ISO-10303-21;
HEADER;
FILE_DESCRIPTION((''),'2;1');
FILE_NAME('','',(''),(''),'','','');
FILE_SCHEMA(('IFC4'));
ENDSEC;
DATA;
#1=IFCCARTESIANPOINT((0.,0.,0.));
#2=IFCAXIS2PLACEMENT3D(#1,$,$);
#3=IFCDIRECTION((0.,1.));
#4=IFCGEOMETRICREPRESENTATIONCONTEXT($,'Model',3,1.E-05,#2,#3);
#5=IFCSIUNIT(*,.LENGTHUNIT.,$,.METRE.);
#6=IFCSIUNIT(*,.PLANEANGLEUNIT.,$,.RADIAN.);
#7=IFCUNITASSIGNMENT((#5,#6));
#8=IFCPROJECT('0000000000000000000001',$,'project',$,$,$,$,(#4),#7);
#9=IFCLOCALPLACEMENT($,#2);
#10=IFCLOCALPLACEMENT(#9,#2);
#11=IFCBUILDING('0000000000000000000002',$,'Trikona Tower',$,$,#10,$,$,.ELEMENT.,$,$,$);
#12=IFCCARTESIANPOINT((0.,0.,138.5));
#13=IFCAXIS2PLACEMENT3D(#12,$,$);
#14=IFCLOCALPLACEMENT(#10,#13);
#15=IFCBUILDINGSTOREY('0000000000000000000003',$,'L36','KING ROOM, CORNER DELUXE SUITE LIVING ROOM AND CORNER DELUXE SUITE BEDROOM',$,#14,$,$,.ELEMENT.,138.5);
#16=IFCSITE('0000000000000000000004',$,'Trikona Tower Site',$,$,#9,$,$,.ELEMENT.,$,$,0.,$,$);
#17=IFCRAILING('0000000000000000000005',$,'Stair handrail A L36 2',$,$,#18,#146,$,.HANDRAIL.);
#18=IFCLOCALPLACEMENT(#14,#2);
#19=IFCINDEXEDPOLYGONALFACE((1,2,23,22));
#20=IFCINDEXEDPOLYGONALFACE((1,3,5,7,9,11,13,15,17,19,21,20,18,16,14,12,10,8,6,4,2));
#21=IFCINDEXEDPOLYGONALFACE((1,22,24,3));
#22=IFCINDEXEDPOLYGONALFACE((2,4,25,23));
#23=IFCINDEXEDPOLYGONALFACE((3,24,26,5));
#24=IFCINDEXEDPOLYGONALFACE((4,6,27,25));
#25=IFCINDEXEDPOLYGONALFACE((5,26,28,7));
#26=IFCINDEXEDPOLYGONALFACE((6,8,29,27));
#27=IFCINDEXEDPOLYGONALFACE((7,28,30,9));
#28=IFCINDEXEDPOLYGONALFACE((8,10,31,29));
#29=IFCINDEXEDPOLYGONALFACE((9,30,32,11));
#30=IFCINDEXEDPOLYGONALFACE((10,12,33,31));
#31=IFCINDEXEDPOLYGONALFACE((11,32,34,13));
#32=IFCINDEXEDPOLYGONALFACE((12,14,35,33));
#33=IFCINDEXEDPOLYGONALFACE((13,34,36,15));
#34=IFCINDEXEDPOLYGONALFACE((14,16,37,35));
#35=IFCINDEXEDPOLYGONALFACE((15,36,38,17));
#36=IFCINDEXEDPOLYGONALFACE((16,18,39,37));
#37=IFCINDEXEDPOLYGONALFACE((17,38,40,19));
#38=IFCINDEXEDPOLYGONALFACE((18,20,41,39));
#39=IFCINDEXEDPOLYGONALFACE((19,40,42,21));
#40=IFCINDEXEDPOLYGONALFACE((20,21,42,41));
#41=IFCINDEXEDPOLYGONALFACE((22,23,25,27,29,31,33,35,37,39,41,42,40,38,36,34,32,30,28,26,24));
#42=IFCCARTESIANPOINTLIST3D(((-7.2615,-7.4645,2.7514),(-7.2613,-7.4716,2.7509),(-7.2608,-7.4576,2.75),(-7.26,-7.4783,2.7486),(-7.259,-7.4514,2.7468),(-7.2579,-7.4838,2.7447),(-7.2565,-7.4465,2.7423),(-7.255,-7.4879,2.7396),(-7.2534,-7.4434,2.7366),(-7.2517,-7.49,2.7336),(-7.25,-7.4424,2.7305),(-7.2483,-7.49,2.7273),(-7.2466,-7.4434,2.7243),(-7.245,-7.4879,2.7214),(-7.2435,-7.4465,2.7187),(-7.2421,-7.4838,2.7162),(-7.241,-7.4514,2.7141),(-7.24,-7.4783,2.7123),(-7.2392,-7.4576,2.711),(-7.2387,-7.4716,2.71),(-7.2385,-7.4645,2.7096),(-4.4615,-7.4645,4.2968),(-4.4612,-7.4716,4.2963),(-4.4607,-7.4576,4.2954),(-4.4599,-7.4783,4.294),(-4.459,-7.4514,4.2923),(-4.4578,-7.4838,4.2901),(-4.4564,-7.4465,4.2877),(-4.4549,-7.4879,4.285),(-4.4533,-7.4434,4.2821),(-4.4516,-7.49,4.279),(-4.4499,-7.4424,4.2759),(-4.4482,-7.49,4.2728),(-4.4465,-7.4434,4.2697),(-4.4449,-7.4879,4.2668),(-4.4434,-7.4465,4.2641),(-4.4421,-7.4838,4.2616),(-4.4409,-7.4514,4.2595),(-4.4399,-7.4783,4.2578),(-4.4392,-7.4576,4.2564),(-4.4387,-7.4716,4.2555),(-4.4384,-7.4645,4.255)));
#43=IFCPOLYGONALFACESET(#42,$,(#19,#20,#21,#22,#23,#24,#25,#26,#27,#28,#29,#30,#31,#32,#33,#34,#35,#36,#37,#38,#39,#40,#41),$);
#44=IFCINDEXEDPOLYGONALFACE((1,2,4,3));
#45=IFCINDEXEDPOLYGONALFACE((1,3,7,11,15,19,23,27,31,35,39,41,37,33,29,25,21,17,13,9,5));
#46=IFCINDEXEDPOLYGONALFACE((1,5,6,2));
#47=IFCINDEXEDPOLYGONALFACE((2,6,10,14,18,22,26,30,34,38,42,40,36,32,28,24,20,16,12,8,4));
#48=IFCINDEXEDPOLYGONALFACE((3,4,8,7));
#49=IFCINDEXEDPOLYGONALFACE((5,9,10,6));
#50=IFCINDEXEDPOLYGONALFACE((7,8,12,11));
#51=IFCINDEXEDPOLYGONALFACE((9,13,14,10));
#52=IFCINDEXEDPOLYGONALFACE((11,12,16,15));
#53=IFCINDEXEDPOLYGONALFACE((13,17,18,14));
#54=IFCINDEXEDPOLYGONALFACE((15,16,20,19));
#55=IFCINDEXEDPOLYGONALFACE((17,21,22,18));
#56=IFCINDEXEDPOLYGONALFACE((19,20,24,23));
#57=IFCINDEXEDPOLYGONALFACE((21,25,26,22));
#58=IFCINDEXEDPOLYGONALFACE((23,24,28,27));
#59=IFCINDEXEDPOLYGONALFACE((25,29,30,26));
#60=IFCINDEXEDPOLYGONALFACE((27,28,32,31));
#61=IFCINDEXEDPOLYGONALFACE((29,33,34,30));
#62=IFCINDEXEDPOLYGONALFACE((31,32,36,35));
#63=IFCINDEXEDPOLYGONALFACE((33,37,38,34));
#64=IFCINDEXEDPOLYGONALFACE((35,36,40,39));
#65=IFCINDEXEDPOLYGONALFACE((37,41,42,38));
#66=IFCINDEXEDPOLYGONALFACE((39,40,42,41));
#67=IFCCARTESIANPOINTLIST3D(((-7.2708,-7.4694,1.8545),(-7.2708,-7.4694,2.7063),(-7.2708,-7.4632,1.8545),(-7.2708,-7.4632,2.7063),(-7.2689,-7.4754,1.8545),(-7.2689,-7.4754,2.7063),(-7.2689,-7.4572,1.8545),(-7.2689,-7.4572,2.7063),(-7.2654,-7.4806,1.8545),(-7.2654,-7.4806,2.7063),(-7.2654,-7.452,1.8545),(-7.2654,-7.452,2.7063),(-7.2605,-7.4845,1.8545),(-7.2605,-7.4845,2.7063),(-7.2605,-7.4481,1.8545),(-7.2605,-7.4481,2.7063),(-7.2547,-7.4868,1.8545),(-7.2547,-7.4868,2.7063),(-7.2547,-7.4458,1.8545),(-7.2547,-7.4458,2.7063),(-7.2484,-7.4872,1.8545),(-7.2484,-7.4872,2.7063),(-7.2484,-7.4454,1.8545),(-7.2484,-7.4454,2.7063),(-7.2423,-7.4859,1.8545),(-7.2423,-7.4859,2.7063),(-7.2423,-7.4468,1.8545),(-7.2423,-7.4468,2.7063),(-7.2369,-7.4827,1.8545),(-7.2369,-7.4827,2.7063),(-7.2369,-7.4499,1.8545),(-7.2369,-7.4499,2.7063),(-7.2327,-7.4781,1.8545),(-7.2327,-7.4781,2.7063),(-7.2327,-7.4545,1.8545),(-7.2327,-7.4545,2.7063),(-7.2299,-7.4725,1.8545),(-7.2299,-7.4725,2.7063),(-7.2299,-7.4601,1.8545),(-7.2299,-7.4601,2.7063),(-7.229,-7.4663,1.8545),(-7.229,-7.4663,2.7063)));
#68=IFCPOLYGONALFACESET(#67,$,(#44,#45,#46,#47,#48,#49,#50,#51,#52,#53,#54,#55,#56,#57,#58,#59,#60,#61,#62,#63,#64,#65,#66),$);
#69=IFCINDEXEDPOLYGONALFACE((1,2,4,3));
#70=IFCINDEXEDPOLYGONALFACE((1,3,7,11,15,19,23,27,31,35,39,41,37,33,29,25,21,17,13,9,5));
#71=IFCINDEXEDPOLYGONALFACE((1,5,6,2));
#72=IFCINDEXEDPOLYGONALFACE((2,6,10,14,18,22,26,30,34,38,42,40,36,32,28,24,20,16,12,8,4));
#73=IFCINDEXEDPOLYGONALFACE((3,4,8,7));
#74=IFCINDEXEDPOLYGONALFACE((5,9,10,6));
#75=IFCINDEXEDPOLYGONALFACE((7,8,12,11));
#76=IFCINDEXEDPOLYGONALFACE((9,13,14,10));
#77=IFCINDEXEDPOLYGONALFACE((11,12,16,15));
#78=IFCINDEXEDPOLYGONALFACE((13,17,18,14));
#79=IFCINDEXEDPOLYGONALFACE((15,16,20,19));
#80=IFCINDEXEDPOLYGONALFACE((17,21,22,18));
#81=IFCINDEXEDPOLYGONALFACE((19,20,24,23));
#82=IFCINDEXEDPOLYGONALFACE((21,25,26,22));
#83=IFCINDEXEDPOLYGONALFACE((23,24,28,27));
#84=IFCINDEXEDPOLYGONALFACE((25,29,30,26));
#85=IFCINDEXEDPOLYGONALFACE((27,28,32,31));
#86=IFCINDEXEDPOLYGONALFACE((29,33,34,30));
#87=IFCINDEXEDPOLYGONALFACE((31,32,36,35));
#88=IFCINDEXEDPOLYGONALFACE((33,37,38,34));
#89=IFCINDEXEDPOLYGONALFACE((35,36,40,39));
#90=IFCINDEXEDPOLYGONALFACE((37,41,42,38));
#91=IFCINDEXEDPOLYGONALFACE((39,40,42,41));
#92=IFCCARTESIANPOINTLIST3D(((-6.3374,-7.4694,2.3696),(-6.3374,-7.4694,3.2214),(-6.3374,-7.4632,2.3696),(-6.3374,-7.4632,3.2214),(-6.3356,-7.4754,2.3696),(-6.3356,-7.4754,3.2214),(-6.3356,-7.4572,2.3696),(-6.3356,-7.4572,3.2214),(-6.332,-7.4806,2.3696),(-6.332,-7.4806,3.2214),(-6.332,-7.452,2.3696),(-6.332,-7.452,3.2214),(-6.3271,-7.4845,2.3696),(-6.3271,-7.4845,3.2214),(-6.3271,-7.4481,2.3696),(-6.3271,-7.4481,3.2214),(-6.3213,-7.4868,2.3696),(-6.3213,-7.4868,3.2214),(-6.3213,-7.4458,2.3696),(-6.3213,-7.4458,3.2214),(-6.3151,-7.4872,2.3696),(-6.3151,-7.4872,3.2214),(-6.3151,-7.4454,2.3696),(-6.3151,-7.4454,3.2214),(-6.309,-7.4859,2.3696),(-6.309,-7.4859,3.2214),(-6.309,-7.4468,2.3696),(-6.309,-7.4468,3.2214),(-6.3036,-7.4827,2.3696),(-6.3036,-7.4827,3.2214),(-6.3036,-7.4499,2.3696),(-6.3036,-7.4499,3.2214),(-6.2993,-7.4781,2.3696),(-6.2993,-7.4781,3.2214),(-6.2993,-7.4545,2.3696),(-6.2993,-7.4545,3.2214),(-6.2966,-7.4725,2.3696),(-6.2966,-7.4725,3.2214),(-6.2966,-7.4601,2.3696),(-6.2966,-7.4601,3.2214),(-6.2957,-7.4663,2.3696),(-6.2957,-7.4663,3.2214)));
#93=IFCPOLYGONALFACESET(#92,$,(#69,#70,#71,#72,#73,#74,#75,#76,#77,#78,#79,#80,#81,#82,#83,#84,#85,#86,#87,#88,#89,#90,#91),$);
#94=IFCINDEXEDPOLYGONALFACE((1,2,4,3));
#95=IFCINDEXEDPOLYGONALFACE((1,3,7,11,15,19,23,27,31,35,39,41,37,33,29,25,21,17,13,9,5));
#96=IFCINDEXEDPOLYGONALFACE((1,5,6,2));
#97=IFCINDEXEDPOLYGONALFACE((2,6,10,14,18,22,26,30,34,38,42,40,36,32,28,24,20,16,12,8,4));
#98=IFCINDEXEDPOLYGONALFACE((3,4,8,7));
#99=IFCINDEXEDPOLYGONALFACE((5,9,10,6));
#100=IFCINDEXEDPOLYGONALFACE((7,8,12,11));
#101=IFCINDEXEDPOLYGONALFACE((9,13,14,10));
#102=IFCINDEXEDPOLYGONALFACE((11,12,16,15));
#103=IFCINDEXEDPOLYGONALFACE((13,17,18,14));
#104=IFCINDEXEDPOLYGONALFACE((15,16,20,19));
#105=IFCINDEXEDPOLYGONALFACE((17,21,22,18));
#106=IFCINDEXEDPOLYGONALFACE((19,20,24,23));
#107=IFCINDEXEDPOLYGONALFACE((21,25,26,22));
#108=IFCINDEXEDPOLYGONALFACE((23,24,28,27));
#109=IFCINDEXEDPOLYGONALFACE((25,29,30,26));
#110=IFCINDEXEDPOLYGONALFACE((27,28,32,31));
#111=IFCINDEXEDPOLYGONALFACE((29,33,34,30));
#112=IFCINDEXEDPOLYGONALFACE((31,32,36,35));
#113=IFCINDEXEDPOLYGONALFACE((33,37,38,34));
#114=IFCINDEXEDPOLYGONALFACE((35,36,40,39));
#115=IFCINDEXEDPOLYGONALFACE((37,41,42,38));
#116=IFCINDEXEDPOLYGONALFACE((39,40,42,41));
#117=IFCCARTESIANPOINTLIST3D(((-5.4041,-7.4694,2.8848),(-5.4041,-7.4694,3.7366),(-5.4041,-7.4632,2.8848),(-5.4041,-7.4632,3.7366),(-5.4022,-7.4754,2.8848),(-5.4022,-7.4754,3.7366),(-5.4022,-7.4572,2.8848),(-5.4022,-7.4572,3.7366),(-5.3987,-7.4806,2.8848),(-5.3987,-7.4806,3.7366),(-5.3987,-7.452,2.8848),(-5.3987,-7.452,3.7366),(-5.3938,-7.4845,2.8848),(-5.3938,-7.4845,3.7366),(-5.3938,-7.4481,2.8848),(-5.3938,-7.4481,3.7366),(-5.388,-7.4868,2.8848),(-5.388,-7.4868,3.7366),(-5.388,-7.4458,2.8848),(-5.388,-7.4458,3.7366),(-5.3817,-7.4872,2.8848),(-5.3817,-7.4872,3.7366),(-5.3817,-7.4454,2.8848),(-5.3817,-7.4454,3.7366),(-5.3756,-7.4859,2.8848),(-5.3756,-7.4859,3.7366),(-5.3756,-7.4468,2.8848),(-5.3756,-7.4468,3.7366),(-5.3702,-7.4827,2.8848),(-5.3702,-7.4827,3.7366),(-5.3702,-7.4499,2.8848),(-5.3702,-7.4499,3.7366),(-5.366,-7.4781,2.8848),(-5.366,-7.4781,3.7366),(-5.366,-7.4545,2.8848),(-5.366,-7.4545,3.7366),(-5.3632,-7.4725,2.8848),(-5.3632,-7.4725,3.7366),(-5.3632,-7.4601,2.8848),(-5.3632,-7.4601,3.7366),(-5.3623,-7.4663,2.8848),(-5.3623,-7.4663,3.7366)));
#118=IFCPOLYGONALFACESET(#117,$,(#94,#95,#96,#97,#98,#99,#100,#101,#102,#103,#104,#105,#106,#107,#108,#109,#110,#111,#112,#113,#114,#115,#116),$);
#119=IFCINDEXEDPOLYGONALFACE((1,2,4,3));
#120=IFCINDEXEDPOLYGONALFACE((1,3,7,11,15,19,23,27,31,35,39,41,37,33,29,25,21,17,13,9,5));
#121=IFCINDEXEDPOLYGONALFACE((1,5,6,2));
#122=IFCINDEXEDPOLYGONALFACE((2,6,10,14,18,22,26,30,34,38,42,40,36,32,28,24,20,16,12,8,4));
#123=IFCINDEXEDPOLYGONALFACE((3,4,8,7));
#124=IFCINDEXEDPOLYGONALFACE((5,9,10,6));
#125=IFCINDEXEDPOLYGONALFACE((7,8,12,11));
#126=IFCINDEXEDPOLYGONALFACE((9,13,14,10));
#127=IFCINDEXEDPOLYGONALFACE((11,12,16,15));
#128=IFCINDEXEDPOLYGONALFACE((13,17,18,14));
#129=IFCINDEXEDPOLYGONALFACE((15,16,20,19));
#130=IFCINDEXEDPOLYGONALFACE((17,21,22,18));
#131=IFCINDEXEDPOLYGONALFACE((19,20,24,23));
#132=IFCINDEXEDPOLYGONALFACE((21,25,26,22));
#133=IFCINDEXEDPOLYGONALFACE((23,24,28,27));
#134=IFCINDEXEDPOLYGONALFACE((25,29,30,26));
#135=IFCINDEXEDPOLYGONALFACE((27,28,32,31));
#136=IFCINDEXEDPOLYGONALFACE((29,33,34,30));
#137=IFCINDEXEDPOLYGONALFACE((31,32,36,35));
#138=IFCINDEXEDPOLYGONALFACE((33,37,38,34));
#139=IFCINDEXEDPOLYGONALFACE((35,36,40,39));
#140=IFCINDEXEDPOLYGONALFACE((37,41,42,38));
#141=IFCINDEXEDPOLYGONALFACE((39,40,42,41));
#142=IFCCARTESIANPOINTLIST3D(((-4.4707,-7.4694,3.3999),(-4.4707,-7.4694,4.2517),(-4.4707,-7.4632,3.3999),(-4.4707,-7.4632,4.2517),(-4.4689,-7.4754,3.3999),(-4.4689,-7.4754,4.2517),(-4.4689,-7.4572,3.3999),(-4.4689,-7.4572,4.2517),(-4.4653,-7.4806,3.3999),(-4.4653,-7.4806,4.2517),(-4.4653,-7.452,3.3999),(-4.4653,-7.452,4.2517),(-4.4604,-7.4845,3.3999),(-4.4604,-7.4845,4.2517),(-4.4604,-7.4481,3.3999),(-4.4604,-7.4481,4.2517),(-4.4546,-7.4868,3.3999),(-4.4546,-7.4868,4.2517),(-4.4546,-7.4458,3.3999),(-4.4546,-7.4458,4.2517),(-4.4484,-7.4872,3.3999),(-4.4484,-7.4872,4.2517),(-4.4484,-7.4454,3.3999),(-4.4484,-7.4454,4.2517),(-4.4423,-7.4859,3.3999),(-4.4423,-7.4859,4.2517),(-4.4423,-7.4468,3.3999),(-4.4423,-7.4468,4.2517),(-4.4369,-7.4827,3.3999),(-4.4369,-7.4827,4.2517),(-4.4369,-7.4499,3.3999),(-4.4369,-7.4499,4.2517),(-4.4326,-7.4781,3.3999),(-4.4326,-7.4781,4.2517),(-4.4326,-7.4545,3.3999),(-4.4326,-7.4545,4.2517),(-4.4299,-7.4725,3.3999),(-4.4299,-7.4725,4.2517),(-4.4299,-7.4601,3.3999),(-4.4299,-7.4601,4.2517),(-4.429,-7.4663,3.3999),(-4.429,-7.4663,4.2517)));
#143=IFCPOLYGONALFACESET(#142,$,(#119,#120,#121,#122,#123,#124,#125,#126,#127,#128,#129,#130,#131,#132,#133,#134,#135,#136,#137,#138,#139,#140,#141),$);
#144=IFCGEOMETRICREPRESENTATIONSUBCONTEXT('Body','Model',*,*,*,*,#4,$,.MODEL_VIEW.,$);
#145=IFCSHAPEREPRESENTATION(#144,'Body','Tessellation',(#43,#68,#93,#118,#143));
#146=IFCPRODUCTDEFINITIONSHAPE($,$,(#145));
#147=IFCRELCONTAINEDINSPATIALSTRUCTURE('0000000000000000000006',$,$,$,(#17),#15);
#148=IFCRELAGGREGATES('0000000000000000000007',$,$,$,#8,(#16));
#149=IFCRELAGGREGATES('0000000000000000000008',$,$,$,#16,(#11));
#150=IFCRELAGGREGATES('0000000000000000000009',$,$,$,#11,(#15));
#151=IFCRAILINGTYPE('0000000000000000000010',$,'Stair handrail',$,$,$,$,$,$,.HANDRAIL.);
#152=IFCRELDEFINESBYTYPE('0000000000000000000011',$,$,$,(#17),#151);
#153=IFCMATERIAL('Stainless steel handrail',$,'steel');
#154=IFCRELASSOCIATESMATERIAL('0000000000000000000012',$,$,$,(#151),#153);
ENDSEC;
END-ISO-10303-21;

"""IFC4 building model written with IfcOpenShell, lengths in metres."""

from ifc_helpers import new_model, si_unit, direction, frame, origin, origin_2d, place, context, subcontext, project, spatial, circle, extrude, material, type_object, element, save


model = new_model("IFC4")

# Units and contexts
model_context = context("Model", 3, precision=1e-05, world=origin(), true_north=direction((0.0, 1.0)))
body_context = subcontext(model_context, "Body", "Model", "MODEL_VIEW")
ifc_project = project(units=[si_unit("LENGTHUNIT", "METRE"), si_unit("PLANEANGLEUNIT", "RADIAN")], contexts=[model_context])

# Site, building, storey
site_placement = place(None, origin())
site = spatial("IfcSite", under=ifc_project, at=site_placement, Name="Trikona Tower Site", CompositionType="ELEMENT", RefElevation=0.0)
building_placement = place(site_placement, origin())
building = spatial("IfcBuilding", under=site, at=building_placement, Name="Trikona Tower", CompositionType="ELEMENT")
storey_placement = place(building_placement, frame((0.0, 0.0, 138.5)))
storey = spatial("IfcBuildingStorey", under=building, at=storey_placement, Name="L36", Description="KING ROOM, CORNER DELUXE SUITE LIVING ROOM AND CORNER DELUXE SUITE BEDROOM", CompositionType="ELEMENT", Elevation=138.5)

# Railing
ifc_material_1 = material(Name="Stainless steel handrail", Category="steel")
railing_type = type_object("IfcRailingType", Name="Stair handrail", PredefinedType="HANDRAIL", material=ifc_material_1)
railing_placement = place(storey_placement, frame((-7.25, -7.4663, 1.8545)))
element("IfcRailing", 1, at=railing_placement, inside=storey, type_object=railing_type, Name="Stair handrail A L36 2", PredefinedType="HANDRAIL", context=body_context, shape_type="SweptSolid", body=[
    extrude(circle(Radius=0.0239, at=origin_2d()), frame((0.0, 0.0, 0.876), z_axis=(0.875504, 0.0, 0.483211), x_axis=(0.0, 1.0, 0.0)), (0.0, 0.0, 1.0), 3.1982),
    extrude(circle(Radius=0.021, at=origin_2d()), origin(), (0.0, 0.0, 1.0), 0.8518),
    extrude(circle(Radius=0.021, at=origin_2d()), frame((0.9333, 0.0, 0.5151)), (0.0, 0.0, 1.0), 0.8518),
    extrude(circle(Radius=0.021, at=origin_2d()), frame((1.8667, 0.0, 1.0303)), (0.0, 0.0, 1.0), 0.8518),
    extrude(circle(Radius=0.021, at=origin_2d()), frame((2.8, 0.0, 1.5454)), (0.0, 0.0, 1.0), 0.8518),
])

save(model, "model.ifc")
